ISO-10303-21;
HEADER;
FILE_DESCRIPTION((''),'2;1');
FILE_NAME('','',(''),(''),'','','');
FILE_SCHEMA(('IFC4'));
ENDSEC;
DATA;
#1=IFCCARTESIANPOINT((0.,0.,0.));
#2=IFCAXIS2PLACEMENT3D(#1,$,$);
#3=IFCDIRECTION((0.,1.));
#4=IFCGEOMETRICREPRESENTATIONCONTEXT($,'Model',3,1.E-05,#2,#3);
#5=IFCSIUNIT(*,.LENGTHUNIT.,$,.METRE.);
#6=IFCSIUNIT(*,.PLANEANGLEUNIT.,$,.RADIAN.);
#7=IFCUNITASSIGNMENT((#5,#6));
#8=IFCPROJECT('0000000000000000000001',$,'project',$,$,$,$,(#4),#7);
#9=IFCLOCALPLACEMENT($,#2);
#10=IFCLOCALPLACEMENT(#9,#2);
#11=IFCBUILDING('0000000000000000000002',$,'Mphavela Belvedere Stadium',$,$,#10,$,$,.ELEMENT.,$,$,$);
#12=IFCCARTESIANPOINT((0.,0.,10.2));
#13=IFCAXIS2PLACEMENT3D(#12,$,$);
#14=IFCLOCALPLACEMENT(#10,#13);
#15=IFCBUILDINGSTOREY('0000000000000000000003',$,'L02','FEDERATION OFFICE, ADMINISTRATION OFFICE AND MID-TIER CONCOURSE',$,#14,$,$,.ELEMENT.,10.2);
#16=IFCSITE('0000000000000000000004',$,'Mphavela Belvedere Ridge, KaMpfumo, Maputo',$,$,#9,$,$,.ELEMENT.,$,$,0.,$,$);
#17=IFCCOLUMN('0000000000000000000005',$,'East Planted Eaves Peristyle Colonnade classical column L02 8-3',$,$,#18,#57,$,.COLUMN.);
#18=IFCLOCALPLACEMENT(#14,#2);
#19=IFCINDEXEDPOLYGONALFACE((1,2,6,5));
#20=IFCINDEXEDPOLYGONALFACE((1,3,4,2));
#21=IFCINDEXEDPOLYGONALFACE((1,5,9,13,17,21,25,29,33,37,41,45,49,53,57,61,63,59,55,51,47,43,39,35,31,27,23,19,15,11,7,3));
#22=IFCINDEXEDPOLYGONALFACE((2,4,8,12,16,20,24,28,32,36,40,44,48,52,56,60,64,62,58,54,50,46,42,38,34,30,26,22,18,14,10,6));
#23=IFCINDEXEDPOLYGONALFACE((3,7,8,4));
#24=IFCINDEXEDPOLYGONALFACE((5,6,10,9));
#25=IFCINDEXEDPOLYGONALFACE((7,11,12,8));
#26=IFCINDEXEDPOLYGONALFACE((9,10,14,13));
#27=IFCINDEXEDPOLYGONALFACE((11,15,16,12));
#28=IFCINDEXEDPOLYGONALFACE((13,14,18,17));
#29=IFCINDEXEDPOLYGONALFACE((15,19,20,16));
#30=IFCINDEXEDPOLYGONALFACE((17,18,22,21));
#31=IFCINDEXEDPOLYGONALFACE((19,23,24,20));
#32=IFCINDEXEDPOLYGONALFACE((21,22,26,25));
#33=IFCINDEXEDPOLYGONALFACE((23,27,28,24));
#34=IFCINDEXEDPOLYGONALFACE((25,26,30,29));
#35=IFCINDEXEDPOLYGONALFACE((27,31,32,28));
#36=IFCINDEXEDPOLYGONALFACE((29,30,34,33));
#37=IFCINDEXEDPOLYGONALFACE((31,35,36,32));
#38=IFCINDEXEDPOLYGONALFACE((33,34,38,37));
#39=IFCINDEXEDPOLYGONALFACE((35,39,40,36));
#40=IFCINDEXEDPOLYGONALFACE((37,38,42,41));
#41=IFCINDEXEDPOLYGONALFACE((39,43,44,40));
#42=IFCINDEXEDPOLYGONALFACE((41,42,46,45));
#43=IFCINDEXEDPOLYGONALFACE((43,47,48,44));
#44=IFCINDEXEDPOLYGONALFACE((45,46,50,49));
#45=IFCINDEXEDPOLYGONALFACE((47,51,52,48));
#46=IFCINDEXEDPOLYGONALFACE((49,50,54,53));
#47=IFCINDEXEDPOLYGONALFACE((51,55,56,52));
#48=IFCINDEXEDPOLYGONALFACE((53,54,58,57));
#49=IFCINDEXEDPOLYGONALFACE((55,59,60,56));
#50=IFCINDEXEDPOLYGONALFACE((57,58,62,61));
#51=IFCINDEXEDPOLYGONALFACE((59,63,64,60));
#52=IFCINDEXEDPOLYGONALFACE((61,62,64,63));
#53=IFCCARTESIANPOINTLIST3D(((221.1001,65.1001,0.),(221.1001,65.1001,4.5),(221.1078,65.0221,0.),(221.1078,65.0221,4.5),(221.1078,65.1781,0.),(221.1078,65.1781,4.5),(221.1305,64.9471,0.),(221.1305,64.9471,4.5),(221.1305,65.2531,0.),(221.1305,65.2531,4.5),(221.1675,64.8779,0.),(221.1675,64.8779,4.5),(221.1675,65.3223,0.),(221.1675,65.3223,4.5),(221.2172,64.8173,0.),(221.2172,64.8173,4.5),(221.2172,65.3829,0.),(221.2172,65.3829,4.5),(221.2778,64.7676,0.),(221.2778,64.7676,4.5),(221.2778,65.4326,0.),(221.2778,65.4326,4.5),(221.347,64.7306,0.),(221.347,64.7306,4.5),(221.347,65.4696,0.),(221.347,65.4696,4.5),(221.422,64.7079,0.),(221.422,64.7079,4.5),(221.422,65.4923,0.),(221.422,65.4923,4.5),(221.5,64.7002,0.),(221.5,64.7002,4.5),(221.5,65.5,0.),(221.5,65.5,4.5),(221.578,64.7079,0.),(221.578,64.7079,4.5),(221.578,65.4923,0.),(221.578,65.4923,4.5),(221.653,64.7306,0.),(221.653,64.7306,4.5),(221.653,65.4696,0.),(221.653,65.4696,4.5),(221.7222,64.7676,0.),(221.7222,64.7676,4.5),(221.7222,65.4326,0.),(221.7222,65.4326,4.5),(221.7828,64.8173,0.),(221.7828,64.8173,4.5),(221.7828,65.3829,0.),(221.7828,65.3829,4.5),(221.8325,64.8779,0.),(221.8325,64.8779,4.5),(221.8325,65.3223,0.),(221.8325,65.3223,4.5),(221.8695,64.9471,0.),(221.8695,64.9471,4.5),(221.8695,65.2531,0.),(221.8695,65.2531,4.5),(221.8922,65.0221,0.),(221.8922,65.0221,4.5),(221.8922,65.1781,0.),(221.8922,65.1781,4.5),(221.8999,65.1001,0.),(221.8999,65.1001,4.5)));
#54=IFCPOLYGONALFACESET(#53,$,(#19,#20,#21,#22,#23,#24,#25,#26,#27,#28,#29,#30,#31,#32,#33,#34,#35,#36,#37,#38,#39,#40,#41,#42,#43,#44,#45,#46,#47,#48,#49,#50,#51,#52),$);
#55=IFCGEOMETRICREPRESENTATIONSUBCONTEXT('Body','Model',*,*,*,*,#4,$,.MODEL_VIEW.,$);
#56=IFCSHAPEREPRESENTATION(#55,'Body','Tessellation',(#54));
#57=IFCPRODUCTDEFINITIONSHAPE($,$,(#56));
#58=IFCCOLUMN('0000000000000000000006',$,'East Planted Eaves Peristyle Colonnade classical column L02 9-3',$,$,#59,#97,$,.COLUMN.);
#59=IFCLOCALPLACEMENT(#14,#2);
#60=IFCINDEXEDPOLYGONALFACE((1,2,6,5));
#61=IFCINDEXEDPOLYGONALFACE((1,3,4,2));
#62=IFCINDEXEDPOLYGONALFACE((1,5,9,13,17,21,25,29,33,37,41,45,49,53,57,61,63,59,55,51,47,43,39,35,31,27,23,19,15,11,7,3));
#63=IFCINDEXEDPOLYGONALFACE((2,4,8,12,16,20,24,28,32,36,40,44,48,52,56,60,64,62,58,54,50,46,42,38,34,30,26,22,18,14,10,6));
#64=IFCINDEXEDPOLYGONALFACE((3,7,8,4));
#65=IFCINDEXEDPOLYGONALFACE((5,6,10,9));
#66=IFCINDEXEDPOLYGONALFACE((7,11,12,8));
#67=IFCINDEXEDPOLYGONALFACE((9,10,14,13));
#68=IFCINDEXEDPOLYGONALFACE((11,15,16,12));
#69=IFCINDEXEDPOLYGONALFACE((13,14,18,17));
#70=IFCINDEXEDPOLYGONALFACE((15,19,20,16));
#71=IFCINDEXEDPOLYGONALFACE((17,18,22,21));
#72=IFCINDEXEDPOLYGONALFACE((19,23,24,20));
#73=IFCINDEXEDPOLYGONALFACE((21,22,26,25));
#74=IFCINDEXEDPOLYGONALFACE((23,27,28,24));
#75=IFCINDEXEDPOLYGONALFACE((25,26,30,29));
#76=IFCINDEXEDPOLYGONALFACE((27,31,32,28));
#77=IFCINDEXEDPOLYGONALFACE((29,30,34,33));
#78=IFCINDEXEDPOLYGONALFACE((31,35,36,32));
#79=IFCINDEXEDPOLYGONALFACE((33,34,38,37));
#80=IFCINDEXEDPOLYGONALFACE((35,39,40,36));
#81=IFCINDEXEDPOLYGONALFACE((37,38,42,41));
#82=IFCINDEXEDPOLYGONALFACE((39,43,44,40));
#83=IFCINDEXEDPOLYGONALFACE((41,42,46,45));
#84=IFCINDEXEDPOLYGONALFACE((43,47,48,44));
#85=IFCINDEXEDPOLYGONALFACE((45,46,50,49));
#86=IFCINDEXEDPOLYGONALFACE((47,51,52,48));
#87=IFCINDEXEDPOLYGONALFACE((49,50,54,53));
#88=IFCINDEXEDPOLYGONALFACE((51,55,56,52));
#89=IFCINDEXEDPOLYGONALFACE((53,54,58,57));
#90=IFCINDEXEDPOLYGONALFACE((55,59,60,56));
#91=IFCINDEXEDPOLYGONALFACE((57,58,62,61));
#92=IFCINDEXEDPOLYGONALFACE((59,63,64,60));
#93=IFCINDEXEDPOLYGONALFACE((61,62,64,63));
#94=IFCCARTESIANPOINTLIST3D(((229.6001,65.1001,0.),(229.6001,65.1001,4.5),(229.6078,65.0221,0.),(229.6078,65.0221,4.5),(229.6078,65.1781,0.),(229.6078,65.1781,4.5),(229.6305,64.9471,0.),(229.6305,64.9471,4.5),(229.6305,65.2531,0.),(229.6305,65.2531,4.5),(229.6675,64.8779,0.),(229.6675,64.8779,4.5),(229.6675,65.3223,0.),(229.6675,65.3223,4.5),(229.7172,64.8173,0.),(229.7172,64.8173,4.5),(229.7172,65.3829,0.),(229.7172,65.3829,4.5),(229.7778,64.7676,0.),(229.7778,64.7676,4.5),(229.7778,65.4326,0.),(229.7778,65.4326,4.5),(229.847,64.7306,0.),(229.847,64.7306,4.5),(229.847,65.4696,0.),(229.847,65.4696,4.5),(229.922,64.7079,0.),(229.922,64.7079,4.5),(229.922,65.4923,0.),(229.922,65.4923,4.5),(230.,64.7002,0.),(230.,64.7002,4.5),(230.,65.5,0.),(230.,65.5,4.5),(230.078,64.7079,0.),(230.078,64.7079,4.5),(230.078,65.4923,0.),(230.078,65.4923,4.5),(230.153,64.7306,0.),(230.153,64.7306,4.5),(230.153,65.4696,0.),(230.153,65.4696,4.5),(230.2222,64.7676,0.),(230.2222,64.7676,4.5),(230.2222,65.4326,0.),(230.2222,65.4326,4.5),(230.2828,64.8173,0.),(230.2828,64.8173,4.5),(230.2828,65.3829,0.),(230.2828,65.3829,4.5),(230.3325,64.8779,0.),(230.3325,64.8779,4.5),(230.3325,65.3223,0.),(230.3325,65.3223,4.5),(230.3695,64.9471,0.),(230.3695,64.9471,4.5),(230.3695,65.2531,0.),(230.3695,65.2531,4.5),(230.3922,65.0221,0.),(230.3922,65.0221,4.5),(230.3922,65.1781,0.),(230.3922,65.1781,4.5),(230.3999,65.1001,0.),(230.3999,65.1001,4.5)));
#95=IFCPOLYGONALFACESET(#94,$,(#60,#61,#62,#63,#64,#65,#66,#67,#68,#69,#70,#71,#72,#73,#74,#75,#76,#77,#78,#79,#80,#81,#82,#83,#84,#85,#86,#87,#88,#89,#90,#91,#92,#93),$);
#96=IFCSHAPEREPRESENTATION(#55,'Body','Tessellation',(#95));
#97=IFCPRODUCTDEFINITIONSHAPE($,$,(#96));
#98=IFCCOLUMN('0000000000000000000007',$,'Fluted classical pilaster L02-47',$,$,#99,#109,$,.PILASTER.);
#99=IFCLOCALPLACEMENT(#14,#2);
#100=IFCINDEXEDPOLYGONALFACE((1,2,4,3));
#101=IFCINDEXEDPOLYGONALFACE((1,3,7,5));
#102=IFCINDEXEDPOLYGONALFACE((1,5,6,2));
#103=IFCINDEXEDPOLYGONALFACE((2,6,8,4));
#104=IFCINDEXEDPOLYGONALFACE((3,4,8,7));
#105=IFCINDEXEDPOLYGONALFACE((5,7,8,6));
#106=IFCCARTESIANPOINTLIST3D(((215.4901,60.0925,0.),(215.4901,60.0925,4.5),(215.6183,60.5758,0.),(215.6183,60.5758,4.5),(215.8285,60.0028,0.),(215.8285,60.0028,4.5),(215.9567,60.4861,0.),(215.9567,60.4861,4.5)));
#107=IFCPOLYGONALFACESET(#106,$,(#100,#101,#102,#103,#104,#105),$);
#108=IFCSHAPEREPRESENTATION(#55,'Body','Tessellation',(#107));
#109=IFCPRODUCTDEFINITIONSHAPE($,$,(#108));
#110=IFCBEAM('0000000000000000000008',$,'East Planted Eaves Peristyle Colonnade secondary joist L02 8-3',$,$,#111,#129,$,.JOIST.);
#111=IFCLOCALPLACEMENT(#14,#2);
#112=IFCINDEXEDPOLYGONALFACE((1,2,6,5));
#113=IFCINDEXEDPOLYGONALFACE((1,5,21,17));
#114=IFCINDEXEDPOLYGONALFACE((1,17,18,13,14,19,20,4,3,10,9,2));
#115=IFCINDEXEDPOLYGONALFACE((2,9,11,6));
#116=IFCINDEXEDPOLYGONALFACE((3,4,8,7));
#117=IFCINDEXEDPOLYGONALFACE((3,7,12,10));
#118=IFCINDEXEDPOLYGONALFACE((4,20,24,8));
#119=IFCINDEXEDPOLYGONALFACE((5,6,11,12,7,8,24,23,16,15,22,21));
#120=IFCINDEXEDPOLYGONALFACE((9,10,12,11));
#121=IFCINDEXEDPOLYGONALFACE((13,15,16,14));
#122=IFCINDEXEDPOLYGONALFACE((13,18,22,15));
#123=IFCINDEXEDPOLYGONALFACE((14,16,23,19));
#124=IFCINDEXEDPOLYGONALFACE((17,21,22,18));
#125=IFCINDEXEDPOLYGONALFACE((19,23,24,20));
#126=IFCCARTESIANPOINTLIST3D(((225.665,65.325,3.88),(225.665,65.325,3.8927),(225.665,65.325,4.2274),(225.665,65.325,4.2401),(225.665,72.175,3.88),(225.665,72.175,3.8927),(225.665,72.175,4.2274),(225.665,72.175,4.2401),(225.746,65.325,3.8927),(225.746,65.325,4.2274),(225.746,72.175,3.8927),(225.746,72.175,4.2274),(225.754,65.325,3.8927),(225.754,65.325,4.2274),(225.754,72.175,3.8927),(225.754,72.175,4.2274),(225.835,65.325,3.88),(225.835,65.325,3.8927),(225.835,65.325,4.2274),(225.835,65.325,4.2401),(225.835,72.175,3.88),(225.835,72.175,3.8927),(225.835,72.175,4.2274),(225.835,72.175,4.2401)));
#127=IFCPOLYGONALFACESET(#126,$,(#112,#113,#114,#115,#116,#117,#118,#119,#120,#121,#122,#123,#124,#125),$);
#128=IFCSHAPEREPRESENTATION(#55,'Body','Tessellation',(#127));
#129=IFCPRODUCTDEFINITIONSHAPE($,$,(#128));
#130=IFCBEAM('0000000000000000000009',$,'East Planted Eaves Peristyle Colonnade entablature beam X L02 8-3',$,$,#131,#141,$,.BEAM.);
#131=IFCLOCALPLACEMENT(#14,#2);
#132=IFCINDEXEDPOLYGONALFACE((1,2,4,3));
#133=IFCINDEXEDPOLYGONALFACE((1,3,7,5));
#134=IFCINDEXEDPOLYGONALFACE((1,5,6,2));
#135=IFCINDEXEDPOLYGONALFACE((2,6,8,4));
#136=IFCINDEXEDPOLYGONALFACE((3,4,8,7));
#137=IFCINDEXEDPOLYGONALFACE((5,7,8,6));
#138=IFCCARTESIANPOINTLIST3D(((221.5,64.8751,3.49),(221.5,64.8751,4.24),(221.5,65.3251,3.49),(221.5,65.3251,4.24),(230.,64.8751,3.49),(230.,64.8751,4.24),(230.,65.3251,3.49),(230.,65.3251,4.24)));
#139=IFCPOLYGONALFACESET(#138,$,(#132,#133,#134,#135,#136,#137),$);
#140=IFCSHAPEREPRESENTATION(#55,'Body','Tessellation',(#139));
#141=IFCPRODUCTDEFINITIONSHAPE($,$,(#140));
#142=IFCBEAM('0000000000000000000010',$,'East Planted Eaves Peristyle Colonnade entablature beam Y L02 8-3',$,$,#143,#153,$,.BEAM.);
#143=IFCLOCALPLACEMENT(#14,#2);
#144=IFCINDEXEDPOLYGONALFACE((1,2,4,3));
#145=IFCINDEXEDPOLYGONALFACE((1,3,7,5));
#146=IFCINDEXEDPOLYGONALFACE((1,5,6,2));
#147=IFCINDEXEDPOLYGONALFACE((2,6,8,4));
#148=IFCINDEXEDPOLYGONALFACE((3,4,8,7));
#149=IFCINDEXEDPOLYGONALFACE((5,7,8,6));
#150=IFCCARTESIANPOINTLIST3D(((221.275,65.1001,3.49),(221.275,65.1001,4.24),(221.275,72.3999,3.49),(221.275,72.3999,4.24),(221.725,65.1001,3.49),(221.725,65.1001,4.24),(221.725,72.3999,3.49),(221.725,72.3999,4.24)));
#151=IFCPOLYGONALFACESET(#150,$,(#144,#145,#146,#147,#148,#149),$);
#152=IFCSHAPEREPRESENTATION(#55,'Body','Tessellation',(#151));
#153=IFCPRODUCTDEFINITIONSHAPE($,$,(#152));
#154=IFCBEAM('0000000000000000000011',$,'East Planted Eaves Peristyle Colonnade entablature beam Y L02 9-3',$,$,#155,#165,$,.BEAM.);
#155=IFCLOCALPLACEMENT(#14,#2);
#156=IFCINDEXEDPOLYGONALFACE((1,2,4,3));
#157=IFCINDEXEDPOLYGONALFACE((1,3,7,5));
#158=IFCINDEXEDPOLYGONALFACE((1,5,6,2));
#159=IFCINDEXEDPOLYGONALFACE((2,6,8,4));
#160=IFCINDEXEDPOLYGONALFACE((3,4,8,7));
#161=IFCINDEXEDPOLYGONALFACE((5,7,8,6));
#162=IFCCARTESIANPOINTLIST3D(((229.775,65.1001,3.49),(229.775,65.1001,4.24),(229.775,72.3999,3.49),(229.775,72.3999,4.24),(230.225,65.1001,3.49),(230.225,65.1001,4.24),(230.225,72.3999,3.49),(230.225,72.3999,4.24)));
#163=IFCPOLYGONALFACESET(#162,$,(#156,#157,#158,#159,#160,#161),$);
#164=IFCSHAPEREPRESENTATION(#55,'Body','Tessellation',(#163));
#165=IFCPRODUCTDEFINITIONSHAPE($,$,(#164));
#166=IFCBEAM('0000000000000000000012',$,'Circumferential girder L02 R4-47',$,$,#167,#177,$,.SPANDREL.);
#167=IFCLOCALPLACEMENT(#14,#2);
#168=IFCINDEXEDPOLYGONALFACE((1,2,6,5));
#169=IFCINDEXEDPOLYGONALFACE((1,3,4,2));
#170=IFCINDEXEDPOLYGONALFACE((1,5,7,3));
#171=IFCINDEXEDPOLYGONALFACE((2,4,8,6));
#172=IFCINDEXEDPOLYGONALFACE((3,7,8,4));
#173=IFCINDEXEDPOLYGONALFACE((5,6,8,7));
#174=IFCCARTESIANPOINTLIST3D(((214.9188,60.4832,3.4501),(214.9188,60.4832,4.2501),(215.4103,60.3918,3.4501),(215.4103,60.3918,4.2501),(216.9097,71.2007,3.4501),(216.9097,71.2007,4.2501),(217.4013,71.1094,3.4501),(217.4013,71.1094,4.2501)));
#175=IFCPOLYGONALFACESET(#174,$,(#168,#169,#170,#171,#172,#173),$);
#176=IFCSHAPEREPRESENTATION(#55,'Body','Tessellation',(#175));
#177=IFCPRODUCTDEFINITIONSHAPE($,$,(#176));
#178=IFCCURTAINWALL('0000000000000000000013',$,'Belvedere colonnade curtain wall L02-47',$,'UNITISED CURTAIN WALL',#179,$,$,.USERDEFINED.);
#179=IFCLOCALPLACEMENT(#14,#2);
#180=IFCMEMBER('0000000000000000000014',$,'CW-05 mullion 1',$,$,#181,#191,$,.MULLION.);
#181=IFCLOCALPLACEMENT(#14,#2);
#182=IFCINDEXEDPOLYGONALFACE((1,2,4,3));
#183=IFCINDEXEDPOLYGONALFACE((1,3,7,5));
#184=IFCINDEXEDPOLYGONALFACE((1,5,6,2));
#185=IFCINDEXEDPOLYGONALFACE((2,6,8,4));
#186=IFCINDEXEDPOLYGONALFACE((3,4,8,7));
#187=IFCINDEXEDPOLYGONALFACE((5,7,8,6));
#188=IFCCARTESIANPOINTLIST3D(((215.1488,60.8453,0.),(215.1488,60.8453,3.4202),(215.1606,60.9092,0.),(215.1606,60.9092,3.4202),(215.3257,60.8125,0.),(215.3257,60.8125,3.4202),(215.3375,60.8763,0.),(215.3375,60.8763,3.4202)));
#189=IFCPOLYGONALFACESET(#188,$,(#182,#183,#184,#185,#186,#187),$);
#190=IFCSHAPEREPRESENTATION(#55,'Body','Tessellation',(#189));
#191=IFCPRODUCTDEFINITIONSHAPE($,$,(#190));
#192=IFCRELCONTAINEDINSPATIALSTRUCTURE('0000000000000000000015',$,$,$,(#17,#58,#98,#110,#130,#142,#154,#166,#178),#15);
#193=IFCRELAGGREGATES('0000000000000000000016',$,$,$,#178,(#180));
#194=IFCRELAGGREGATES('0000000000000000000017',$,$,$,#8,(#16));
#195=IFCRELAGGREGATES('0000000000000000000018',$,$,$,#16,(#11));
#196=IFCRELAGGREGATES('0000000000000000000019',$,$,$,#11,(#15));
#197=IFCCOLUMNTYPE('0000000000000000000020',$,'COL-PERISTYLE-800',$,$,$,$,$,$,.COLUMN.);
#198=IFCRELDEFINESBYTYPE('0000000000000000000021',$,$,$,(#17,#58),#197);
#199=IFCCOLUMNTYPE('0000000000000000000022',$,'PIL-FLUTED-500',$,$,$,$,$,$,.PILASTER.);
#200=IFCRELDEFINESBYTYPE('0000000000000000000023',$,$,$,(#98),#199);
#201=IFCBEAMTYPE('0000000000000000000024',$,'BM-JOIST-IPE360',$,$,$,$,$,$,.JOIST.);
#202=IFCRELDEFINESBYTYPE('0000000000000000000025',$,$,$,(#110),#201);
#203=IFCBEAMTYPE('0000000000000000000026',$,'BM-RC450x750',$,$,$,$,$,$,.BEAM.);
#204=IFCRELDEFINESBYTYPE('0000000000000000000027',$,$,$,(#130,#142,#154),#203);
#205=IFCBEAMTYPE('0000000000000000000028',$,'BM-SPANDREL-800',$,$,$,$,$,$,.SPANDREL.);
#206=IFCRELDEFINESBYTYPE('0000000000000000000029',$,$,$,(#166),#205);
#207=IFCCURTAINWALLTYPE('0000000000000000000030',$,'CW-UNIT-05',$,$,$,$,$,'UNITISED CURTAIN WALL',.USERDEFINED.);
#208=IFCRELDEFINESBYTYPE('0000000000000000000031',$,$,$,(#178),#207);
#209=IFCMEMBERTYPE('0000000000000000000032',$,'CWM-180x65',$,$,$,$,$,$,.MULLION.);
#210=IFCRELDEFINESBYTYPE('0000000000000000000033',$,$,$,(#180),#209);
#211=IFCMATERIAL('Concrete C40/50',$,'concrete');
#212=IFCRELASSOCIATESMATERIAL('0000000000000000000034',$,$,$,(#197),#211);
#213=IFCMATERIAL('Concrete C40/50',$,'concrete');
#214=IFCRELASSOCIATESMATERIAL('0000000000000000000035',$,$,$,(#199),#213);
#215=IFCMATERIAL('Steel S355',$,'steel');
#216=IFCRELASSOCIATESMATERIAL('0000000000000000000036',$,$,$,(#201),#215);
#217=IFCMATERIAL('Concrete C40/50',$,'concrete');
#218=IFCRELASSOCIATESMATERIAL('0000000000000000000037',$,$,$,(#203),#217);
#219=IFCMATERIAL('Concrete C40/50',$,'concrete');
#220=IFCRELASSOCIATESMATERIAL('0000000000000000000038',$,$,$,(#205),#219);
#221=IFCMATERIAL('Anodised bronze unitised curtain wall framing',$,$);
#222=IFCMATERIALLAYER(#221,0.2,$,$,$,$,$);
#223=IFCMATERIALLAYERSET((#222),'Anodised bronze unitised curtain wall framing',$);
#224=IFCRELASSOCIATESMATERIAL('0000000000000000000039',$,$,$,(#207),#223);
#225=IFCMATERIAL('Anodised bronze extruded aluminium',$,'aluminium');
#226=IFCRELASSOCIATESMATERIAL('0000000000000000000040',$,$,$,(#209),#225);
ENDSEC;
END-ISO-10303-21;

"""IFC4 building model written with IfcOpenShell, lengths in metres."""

from ifc_helpers import new_model, si_unit, direction, frame, origin, origin_2d, place, context, subcontext, project, spatial, rectangle, circle, i_section, extrude, material, layer, layer_set, material_profile, profile_set, type_object, element, aggregate, save


model = new_model("IFC4")

# Units and contexts
model_context = context("Model", 3, precision=1e-05, world=origin(), true_north=direction((0.0, 1.0)))
body_context = subcontext(model_context, "Body", "Model", "MODEL_VIEW")
ifc_project = project(units=[si_unit("LENGTHUNIT", "METRE"), si_unit("PLANEANGLEUNIT", "RADIAN")], contexts=[model_context])

# Site, building, storey
site_placement = place(None, origin())
site = spatial("IfcSite", under=ifc_project, at=site_placement, Name="Mphavela Belvedere Ridge, KaMpfumo, Maputo", CompositionType="ELEMENT", RefElevation=0.0)
building_placement = place(site_placement, origin())
building = spatial("IfcBuilding", under=site, at=building_placement, Name="Mphavela Belvedere Stadium", CompositionType="ELEMENT")
storey_placement = place(building_placement, frame((0.0, 0.0, 10.2)))
storey = spatial("IfcBuildingStorey", under=building, at=storey_placement, Name="L02", Description="FEDERATION OFFICE, ADMINISTRATION OFFICE AND MID-TIER CONCOURSE", CompositionType="ELEMENT", Elevation=10.2)

# Columns
ifc_material_1 = material(Name="Concrete C40/50", Category="concrete")
ifc_material_profile_1 = material_profile(ifc_material_1, circle(Radius=0.3999, at=origin_2d()), Name="COL D800")
ifc_profile_set_1 = profile_set([ifc_material_profile_1], Name="Concrete C40/50")
column_type_1 = type_object("IfcColumnType", Name="COL-PERISTYLE-800", PredefinedType="COLUMN", material=ifc_profile_set_1)
for number, where, z_axis, x_axis, name in (
    (1, (221.5, 65.1001, 0.0), (0.0, 0.0, 1.0), (1.0, 0.0, 0.0), "East Planted Eaves Peristyle Colonnade classical column L02 8-3"),
    (2, (230.0, 65.1001, 0.0), (0.0, 0.0, 1.0), (1.0, 0.0, 0.0), "East Planted Eaves Peristyle Colonnade classical column L02 9-3"),
):
    element("IfcColumn", number, at=place(storey_placement, frame(where, z_axis=z_axis, x_axis=x_axis)), inside=storey, type_object=column_type_1, Name=name, PredefinedType="COLUMN", context=body_context, shape_type="SweptSolid", body=[
        extrude(circle(Radius=0.3999, at=origin_2d()), origin(), (0.0, 0.0, 1.0), 4.5),
    ])
ifc_material_2 = material(Name="Concrete C40/50", Category="concrete")
ifc_material_profile_2 = material_profile(ifc_material_2, rectangle(XDim=0.5, YDim=0.3501, at=origin_2d()), Name="PIL 500x350")
ifc_profile_set_2 = profile_set([ifc_material_profile_2], Name="Concrete C40/50")
column_type_2 = type_object("IfcColumnType", Name="PIL-FLUTED-500", PredefinedType="PILASTER", material=ifc_profile_set_2)
column_placement = place(storey_placement, frame((215.7234, 60.2893, 0.0), z_axis=(0.0, 0.0, 1.0), x_axis=(0.256289, 0.9666, 0.0)))
element("IfcColumn", 3, at=column_placement, inside=storey, type_object=column_type_2, Name="Fluted classical pilaster L02-47", PredefinedType="PILASTER", context=body_context, shape_type="SweptSolid", body=[
    extrude(rectangle(XDim=0.5, YDim=0.3501, at=origin_2d()), origin(), (0.0, 0.0, 1.0), 4.5),
])

# Beams
ifc_material_3 = material(Name="Steel S355", Category="steel")
ifc_material_profile_3 = material_profile(ifc_material_3, i_section(OverallWidth=0.1699, OverallDepth=0.3601, WebThickness=0.0081, FlangeThickness=0.0127, at=origin_2d()), Name="IPE 360")
ifc_profile_set_3 = profile_set([ifc_material_profile_3], Name="Steel S355")
beam_type_1 = type_object("IfcBeamType", Name="BM-JOIST-IPE360", PredefinedType="JOIST", material=ifc_profile_set_3)
beam_1_placement = place(storey_placement, frame((225.75, 65.325, 4.0601), z_axis=(0.0, 1.0, 0.0), x_axis=(-1.0, 0.0, 0.0)))
element("IfcBeam", 4, at=beam_1_placement, inside=storey, type_object=beam_type_1, Name="East Planted Eaves Peristyle Colonnade secondary joist L02 8-3", PredefinedType="JOIST", context=body_context, shape_type="SweptSolid", body=[
    extrude(i_section(OverallWidth=0.1699, OverallDepth=0.3601, WebThickness=0.0081, FlangeThickness=0.0127, at=origin_2d()), origin(), (0.0, 0.0, 1.0), 6.8501),
])
ifc_material_4 = material(Name="Concrete C40/50", Category="concrete")
ifc_material_profile_4 = material_profile(ifc_material_4, rectangle(XDim=0.45, YDim=0.75, at=origin_2d()), Name="RC 450x750")
ifc_profile_set_4 = profile_set([ifc_material_profile_4], Name="Concrete C40/50")
beam_type_2 = type_object("IfcBeamType", Name="BM-RC450x750", PredefinedType="BEAM", material=ifc_profile_set_4)
beam_2_placement = place(storey_placement, frame((221.5, 65.1001, 3.865), z_axis=(1.0, 0.0, 0.0), x_axis=(0.0, 1.0, 0.0)))
element("IfcBeam", 5, at=beam_2_placement, inside=storey, type_object=beam_type_2, Name="East Planted Eaves Peristyle Colonnade entablature beam X L02 8-3", PredefinedType="BEAM", context=body_context, shape_type="SweptSolid", body=[
    extrude(rectangle(XDim=0.45, YDim=0.75, at=origin_2d()), origin(), (0.0, 0.0, 1.0), 8.5),
])
for number, where, z_axis, x_axis, name in (
    (6, (221.5, 65.1001, 3.865), (0.0, 1.0, 0.0), (-1.0, 0.0, 0.0), "East Planted Eaves Peristyle Colonnade entablature beam Y L02 8-3"),
    (7, (230.0, 65.1001, 3.865), (0.0, 1.0, 0.0), (-1.0, 0.0, 0.0), "East Planted Eaves Peristyle Colonnade entablature beam Y L02 9-3"),
):
    element("IfcBeam", number, at=place(storey_placement, frame(where, z_axis=z_axis, x_axis=x_axis)), inside=storey, type_object=beam_type_2, Name=name, PredefinedType="BEAM", context=body_context, shape_type="SweptSolid", body=[
        extrude(rectangle(XDim=0.45, YDim=0.75, at=origin_2d()), origin(), (0.0, 0.0, 1.0), 7.2998),
    ])
ifc_material_5 = material(Name="Concrete C40/50", Category="concrete")
ifc_material_profile_5 = material_profile(ifc_material_5, rectangle(XDim=0.5, YDim=0.8, at=origin_2d()), Name="RC 500x800")
ifc_profile_set_5 = profile_set([ifc_material_profile_5], Name="Concrete C40/50")
beam_type_3 = type_object("IfcBeamType", Name="BM-SPANDREL-800", PredefinedType="SPANDREL", material=ifc_profile_set_5)
beam_3_placement = place(storey_placement, frame((215.1646, 60.4375, 3.8501), z_axis=(0.182643, 0.983179, 0.0), x_axis=(-0.983179, 0.182643, 0.0)))
element("IfcBeam", 8, at=beam_3_placement, inside=storey, type_object=beam_type_3, Name="Circumferential girder L02 R4-47", PredefinedType="SPANDREL", context=body_context, shape_type="SweptSolid", body=[
    extrude(rectangle(XDim=0.5, YDim=0.8, at=origin_2d()), origin(), (0.0, 0.0, 1.0), 10.9009),
])

# Curtain wall, member
ifc_material_6 = material(Name="Anodised bronze unitised curtain wall framing")
ifc_layer_1 = layer(ifc_material_6, 0.2)
ifc_layer_set_1 = layer_set([ifc_layer_1], Name="Anodised bronze unitised curtain wall framing")
curtain_wall_type = type_object("IfcCurtainWallType", Name="CW-UNIT-05", ElementType="UNITISED CURTAIN WALL", PredefinedType="USERDEFINED", material=ifc_layer_set_1)
curtain_wall_placement = place(storey_placement, origin())
curtain_wall = element("IfcCurtainWall", 9, at=curtain_wall_placement, inside=storey, type_object=curtain_wall_type, Name="Belvedere colonnade curtain wall L02-47", ObjectType="UNITISED CURTAIN WALL", PredefinedType="USERDEFINED")
ifc_material_7 = material(Name="Anodised bronze extruded aluminium", Category="aluminium")
ifc_material_profile_6 = material_profile(ifc_material_7, rectangle(XDim=0.1799, YDim=0.0649, at=origin_2d()), Name="CW-MUL 180x65")
ifc_profile_set_6 = profile_set([ifc_material_profile_6], Name="Anodised bronze extruded aluminium")
member_type_1 = type_object("IfcMemberType", Name="CWM-180x65", PredefinedType="MULLION", material=ifc_profile_set_6)
member_1_placement = place(storey_placement, frame((215.2432, 60.8608, 0.0), z_axis=(0.0, 0.0, 1.0), x_axis=(-0.983183, 0.182625, 0.0)))
member_1 = element("IfcMember", 10, at=member_1_placement, type_object=member_type_1, Name="CW-05 mullion 1", PredefinedType="MULLION", context=body_context, shape_type="SweptSolid", body=[
    extrude(rectangle(XDim=0.1799, YDim=0.0649, at=origin_2d()), origin(), (0.0, 0.0, 1.0), 3.4202),
])
aggregate(curtain_wall, [member_1])

save(model, "model.ifc")
